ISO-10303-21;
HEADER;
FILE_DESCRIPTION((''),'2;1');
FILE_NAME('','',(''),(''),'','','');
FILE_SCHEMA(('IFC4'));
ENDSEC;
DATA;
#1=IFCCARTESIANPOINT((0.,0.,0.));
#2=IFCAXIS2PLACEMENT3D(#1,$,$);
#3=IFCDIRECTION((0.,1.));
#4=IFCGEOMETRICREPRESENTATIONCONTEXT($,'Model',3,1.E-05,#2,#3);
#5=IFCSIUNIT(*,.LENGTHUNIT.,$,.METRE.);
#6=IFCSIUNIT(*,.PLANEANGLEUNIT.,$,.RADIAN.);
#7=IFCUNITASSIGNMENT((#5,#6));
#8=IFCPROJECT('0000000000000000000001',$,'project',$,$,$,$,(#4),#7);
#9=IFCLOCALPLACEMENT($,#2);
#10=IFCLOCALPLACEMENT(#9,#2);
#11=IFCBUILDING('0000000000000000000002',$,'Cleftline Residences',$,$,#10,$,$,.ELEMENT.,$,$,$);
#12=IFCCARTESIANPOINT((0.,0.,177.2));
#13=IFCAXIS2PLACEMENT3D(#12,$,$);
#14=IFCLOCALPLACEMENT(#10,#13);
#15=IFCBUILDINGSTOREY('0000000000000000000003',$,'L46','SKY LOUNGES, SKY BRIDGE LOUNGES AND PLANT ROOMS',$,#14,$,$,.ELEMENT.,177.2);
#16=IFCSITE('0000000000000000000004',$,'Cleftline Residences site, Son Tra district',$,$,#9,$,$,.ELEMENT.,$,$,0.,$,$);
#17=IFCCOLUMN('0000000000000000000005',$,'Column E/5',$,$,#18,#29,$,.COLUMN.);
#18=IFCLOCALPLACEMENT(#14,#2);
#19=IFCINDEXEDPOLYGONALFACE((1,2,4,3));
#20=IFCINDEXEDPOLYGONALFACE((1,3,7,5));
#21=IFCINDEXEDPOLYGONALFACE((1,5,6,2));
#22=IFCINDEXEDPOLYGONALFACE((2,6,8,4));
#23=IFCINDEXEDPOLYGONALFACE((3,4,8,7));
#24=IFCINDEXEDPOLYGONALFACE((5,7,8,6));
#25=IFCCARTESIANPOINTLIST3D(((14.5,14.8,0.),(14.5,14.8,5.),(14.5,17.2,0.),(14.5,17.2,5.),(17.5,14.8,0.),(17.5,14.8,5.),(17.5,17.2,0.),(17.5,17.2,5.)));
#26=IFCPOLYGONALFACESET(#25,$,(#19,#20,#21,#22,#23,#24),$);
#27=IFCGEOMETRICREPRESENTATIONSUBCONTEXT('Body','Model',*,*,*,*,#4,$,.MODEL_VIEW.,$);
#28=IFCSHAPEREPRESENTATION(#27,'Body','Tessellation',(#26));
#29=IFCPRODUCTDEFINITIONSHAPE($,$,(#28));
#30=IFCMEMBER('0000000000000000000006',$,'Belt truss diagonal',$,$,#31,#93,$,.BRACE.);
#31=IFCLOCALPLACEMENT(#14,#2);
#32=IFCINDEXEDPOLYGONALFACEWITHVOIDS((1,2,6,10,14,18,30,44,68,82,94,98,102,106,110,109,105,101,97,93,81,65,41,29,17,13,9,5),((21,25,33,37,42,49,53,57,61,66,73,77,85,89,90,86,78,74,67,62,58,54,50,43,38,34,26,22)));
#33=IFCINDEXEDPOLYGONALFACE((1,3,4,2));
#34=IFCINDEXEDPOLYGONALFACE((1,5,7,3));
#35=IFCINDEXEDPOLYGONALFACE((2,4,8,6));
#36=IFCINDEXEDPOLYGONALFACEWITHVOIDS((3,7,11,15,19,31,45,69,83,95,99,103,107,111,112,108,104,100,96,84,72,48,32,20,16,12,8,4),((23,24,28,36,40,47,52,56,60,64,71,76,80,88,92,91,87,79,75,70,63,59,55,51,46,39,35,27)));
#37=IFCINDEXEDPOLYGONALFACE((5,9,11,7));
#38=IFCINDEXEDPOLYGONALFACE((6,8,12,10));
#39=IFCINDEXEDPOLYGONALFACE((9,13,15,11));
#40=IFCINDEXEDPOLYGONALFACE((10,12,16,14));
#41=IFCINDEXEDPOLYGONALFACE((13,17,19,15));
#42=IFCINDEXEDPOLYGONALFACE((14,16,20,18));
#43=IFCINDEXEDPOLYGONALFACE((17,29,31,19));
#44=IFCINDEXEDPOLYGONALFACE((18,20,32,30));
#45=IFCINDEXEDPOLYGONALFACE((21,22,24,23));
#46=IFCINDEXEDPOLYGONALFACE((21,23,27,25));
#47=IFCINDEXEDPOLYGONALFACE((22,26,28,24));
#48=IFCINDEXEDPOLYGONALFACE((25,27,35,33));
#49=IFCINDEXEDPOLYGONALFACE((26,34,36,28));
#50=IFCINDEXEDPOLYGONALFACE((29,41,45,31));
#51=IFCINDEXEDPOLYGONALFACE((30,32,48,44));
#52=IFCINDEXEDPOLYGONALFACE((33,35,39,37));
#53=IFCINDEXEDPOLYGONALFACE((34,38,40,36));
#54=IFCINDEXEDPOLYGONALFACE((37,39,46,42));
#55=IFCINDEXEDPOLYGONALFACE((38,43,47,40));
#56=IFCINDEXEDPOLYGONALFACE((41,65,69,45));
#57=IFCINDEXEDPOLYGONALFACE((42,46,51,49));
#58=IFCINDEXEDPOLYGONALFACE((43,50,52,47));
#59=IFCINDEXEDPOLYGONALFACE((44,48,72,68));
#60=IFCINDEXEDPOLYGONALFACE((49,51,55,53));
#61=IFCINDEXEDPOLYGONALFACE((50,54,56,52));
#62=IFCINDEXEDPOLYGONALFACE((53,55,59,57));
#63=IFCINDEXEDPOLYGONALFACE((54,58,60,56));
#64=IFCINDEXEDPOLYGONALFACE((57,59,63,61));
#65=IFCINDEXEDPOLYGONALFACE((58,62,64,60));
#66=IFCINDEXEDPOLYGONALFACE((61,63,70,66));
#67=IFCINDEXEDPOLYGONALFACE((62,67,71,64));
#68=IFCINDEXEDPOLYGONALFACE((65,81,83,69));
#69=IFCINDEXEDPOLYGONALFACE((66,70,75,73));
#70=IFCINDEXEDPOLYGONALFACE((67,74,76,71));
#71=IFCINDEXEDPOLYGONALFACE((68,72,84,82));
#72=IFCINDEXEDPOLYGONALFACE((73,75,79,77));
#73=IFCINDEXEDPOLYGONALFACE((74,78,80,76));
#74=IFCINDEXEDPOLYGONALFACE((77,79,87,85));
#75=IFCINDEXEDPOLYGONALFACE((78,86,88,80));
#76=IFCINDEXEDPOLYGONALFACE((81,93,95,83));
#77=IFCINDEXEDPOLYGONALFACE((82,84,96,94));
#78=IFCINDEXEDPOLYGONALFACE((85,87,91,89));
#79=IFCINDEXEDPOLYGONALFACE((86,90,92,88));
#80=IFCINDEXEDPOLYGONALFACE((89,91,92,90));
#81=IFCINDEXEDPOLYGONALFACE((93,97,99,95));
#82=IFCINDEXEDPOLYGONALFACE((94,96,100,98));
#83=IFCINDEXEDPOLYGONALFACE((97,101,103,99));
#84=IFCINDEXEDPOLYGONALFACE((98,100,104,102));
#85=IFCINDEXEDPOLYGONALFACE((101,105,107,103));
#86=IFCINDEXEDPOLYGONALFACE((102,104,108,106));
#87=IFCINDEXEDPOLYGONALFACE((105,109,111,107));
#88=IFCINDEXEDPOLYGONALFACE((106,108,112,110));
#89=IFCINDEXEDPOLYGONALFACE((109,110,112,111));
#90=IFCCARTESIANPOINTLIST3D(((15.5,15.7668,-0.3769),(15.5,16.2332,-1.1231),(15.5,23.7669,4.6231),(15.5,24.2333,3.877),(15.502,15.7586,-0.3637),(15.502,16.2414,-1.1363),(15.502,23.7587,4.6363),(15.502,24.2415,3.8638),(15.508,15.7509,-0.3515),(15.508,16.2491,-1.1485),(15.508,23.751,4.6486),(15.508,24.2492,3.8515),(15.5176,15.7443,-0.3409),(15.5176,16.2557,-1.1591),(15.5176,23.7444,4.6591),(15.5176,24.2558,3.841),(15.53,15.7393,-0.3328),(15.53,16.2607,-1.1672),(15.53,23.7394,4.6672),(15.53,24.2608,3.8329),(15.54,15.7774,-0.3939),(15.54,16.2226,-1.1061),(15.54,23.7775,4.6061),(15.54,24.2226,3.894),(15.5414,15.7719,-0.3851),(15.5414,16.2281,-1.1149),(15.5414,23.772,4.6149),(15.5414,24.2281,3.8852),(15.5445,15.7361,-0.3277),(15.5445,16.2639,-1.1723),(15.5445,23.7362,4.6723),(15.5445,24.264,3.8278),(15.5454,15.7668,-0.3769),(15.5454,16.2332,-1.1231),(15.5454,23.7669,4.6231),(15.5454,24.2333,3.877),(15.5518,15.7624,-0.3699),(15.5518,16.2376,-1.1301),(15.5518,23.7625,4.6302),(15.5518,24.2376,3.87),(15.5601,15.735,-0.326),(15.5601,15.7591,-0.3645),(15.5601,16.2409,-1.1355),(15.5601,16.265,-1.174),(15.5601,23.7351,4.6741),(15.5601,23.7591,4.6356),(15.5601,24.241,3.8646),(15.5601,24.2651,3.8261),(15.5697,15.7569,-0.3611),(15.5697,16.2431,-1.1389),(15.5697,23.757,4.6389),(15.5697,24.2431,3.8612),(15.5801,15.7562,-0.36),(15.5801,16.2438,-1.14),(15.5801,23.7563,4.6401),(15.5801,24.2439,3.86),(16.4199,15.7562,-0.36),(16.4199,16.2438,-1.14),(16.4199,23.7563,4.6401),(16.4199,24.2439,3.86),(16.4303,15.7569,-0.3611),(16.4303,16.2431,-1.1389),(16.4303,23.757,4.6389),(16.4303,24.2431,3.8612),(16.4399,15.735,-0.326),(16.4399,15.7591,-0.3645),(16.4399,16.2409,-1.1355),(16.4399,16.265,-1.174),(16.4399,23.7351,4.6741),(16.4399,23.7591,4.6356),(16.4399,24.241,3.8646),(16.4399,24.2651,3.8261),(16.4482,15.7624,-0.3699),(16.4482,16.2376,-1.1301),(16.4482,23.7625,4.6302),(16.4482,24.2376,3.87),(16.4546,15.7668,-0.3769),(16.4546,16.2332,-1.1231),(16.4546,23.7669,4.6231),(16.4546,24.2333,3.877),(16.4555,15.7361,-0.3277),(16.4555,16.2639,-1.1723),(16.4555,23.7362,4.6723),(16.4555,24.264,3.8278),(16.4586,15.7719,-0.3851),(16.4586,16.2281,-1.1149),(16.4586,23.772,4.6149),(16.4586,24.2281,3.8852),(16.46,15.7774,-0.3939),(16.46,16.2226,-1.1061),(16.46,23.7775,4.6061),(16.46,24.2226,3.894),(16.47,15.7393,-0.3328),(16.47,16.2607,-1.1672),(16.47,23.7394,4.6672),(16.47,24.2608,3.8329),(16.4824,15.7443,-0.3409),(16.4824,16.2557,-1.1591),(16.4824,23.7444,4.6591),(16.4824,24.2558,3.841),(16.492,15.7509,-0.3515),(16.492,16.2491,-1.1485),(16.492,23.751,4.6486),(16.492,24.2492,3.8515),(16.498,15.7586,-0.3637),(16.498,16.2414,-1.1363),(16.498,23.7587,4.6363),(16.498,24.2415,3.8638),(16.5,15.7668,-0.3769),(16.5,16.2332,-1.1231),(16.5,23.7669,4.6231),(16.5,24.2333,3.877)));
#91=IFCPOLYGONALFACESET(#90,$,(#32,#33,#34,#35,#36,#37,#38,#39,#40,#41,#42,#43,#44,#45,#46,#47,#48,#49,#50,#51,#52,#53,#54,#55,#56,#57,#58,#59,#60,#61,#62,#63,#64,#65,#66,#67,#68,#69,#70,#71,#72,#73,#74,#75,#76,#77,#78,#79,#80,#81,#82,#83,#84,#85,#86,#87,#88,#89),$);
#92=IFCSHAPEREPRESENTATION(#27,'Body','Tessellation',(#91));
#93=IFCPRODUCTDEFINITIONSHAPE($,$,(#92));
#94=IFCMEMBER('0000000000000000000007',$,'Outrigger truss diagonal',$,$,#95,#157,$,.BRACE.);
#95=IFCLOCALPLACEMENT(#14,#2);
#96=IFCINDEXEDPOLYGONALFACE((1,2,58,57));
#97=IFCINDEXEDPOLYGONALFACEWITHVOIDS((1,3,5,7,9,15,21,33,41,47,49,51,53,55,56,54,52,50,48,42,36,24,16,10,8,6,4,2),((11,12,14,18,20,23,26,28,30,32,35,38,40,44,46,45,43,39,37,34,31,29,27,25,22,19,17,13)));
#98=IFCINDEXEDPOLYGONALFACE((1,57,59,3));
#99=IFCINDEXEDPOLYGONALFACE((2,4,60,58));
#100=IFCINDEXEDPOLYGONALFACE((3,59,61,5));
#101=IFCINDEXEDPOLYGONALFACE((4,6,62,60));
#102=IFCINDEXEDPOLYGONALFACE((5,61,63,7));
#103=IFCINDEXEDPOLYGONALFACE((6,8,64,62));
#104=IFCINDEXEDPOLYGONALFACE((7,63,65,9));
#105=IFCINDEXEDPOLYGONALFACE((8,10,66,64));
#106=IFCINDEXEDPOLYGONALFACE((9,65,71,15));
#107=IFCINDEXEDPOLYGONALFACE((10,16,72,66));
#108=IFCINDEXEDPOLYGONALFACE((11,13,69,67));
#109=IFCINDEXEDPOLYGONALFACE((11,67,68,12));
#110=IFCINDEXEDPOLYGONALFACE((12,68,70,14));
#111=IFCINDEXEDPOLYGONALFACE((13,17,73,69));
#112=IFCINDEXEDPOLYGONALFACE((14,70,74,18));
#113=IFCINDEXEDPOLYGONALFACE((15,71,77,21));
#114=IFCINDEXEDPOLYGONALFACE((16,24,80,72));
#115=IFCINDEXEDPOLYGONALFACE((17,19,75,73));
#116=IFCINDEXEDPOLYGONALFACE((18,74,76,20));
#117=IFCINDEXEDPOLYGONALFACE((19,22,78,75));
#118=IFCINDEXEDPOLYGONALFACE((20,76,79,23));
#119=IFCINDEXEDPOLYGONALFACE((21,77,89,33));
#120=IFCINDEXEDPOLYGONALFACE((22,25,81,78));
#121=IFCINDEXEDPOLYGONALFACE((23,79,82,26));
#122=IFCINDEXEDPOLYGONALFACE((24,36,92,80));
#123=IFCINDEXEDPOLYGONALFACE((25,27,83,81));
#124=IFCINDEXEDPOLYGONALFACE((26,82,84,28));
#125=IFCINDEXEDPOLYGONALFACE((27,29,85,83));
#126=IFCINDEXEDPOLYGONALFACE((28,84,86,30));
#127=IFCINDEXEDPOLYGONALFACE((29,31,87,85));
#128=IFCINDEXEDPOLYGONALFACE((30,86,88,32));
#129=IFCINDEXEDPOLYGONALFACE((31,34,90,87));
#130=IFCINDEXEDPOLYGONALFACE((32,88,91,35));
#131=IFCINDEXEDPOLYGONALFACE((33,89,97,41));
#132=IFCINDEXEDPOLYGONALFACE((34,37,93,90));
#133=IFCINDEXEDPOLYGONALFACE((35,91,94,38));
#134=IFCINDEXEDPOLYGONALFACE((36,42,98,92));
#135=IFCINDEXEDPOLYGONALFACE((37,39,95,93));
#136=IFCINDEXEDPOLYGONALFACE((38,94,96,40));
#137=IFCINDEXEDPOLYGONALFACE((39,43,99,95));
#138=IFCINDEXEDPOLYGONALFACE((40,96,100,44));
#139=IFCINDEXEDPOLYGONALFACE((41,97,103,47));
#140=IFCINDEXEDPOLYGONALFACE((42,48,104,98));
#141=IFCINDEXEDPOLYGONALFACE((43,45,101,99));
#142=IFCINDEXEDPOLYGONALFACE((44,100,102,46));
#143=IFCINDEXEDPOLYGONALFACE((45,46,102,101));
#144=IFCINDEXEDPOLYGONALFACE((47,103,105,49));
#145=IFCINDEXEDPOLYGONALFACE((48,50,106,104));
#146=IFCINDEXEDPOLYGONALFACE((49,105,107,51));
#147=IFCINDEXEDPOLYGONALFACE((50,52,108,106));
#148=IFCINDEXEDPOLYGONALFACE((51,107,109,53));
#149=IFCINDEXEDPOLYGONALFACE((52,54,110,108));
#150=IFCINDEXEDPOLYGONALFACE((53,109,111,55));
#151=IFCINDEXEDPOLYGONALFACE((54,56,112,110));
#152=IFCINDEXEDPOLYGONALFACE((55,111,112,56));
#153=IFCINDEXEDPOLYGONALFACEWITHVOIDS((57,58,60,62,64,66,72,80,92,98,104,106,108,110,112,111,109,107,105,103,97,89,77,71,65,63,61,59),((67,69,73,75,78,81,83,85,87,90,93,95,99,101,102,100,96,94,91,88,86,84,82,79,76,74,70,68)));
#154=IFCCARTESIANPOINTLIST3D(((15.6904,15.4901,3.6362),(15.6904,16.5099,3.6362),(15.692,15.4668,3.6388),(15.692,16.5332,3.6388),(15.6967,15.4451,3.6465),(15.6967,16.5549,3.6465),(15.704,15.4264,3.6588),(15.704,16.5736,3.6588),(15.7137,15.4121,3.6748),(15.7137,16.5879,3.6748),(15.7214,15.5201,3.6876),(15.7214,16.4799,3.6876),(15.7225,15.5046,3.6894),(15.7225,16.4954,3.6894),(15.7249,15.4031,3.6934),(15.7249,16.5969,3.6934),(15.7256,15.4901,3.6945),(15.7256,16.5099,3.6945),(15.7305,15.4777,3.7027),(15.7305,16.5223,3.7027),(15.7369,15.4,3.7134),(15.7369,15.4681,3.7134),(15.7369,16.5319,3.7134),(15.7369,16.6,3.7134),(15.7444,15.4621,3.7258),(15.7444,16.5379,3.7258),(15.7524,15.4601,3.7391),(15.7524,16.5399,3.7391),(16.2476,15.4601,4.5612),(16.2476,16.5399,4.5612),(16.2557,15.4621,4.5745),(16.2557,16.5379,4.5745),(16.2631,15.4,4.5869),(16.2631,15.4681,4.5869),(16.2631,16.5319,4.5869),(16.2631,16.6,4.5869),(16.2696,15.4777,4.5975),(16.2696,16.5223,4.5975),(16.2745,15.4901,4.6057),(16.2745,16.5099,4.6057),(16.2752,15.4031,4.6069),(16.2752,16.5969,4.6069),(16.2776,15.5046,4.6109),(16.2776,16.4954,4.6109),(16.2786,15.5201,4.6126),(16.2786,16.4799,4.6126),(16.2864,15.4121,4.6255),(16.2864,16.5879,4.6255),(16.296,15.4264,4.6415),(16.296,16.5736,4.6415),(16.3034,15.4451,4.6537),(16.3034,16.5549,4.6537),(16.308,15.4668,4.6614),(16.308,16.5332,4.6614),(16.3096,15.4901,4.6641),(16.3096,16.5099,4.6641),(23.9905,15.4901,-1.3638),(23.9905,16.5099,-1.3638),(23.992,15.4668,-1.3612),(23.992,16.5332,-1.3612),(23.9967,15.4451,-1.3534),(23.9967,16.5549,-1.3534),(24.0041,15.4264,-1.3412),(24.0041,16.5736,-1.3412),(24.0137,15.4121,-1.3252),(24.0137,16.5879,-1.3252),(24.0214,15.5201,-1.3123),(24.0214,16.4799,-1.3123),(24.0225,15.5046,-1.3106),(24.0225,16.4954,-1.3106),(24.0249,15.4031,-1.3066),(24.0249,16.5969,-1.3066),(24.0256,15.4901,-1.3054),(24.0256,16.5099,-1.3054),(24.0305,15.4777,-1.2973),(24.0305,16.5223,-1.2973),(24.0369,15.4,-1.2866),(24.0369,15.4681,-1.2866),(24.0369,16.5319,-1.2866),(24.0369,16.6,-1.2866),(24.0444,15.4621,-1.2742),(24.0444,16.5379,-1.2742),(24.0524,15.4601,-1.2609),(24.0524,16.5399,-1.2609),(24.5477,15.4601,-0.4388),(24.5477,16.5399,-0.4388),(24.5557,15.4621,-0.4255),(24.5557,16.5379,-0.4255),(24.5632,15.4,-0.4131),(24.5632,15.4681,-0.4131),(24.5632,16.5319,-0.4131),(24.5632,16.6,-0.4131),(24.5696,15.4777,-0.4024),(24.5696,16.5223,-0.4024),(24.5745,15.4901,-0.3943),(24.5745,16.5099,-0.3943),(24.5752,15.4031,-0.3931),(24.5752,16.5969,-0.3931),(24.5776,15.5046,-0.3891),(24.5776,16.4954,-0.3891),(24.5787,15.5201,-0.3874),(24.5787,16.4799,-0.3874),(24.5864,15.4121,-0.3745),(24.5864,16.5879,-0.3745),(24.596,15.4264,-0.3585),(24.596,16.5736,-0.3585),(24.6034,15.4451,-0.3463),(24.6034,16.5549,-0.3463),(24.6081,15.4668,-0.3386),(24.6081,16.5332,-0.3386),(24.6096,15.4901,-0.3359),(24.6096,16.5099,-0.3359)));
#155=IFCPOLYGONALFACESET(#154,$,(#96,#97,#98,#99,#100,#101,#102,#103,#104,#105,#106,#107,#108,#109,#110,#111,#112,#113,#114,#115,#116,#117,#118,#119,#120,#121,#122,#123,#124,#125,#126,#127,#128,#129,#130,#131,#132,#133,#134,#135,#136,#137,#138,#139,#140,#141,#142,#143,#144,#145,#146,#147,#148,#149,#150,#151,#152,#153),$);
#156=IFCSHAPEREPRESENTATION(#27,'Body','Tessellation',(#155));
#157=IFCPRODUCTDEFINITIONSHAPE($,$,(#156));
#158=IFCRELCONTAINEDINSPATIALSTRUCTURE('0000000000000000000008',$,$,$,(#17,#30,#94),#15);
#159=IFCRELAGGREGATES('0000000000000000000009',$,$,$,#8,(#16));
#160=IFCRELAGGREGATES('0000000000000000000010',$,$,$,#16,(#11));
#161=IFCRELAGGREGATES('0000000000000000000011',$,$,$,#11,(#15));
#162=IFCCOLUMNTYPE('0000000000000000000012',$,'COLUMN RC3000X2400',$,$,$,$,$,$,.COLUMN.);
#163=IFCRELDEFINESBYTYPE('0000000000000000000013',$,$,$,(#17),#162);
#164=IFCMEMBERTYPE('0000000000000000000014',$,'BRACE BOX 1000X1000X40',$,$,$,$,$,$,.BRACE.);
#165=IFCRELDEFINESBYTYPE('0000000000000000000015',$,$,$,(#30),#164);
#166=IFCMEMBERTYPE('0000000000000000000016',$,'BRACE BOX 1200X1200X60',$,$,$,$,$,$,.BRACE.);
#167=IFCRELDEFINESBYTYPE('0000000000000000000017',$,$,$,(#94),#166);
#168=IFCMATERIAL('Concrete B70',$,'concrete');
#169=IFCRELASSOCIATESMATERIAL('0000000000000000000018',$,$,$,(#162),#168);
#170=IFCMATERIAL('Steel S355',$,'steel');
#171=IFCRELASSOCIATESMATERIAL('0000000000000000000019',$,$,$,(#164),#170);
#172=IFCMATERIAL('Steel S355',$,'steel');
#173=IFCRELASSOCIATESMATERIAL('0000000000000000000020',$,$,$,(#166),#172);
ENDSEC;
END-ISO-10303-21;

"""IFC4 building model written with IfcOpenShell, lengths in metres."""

from ifc_helpers import new_model, si_unit, direction, frame, origin, origin_2d, place, context, subcontext, project, spatial, rectangle, hollow_rectangle, extrude, material, material_profile, profile_set, type_object, element, save


model = new_model("IFC4")

# Units and contexts
model_context = context("Model", 3, precision=1e-05, world=origin(), true_north=direction((0.0, 1.0)))
body_context = subcontext(model_context, "Body", "Model", "MODEL_VIEW")
ifc_project = project(units=[si_unit("LENGTHUNIT", "METRE"), si_unit("PLANEANGLEUNIT", "RADIAN")], contexts=[model_context])

# Site, building, storey
site_placement = place(None, origin())
site = spatial("IfcSite", under=ifc_project, at=site_placement, Name="Cleftline Residences site, Son Tra district", CompositionType="ELEMENT", RefElevation=0.0)
building_placement = place(site_placement, origin())
building = spatial("IfcBuilding", under=site, at=building_placement, Name="Cleftline Residences", CompositionType="ELEMENT")
storey_placement = place(building_placement, frame((0.0, 0.0, 177.2)))
storey = spatial("IfcBuildingStorey", under=building, at=storey_placement, Name="L46", Description="SKY LOUNGES, SKY BRIDGE LOUNGES AND PLANT ROOMS", CompositionType="ELEMENT", Elevation=177.2)

# Column
ifc_material_1 = material(Name="Concrete B70", Category="concrete")
ifc_material_profile_1 = material_profile(ifc_material_1, rectangle(XDim=3.0, YDim=2.3999, at=origin_2d()))
ifc_profile_set_1 = profile_set([ifc_material_profile_1], Name="Concrete B70")
column_type = type_object("IfcColumnType", Name="COLUMN RC3000X2400", PredefinedType="COLUMN", material=ifc_profile_set_1)
column_placement = place(storey_placement, frame((16.0, 16.0, 0.0), z_axis=(0.0, 0.0, 1.0), x_axis=(1.0, 0.0, 0.0)))
element("IfcColumn", 1, at=column_placement, inside=storey, type_object=column_type, Name="Column E/5", PredefinedType="COLUMN", context=body_context, shape_type="SweptSolid", body=[
    extrude(rectangle(XDim=3.0, YDim=2.3999, at=origin_2d()), origin(), (0.0, 0.0, 1.0), 5.0),
])

# Members
ifc_material_2 = material(Name="Steel S355", Category="steel")
ifc_material_profile_2 = material_profile(ifc_material_2, hollow_rectangle(XDim=1.0, YDim=1.0, WallThickness=0.04, InnerFilletRadius=0.04, OuterFilletRadius=0.0601, at=origin_2d()))
ifc_profile_set_2 = profile_set([ifc_material_profile_2], Name="Steel S355")
member_type_1 = type_object("IfcMemberType", Name="BRACE BOX 1000X1000X40", PredefinedType="BRACE", material=ifc_profile_set_2)
member_1_placement = place(storey_placement, frame((16.0, 16.0, -0.75), z_axis=(0.0, 0.847998, 0.529999), x_axis=(0.0, -0.529999, 0.847998)))
element("IfcMember", 2, at=member_1_placement, inside=storey, type_object=member_type_1, Name="Belt truss diagonal", PredefinedType="BRACE", context=body_context, shape_type="SweptSolid", body=[
    extrude(hollow_rectangle(XDim=1.0, YDim=1.0, WallThickness=0.04, InnerFilletRadius=0.04, OuterFilletRadius=0.0601, at=origin_2d()), origin(), (0.0, 0.0, 1.0), 9.4341),
])
ifc_material_3 = material(Name="Steel S355", Category="steel")
ifc_material_profile_3 = material_profile(ifc_material_3, hollow_rectangle(XDim=1.2, YDim=1.2, WallThickness=0.0601, InnerFilletRadius=0.0601, OuterFilletRadius=0.0901, at=origin_2d()))
ifc_profile_set_3 = profile_set([ifc_material_profile_3], Name="Steel S355")
member_type_2 = type_object("IfcMemberType", Name="BRACE BOX 1200X1200X60", PredefinedType="BRACE", material=ifc_profile_set_3)
member_2_placement = place(storey_placement, frame((24.3, 16.0, -0.8499), z_axis=(-0.856582, 0.0, 0.51601), x_axis=(0.51601, 0.0, 0.856582)))
element("IfcMember", 3, at=member_2_placement, inside=storey, type_object=member_type_2, Name="Outrigger truss diagonal", PredefinedType="BRACE", context=body_context, shape_type="SweptSolid", body=[
    extrude(hollow_rectangle(XDim=1.2, YDim=1.2, WallThickness=0.0601, InnerFilletRadius=0.0601, OuterFilletRadius=0.0901, at=origin_2d()), origin(), (0.0, 0.0, 1.0), 9.6897),
])

save(model, "model.ifc")
